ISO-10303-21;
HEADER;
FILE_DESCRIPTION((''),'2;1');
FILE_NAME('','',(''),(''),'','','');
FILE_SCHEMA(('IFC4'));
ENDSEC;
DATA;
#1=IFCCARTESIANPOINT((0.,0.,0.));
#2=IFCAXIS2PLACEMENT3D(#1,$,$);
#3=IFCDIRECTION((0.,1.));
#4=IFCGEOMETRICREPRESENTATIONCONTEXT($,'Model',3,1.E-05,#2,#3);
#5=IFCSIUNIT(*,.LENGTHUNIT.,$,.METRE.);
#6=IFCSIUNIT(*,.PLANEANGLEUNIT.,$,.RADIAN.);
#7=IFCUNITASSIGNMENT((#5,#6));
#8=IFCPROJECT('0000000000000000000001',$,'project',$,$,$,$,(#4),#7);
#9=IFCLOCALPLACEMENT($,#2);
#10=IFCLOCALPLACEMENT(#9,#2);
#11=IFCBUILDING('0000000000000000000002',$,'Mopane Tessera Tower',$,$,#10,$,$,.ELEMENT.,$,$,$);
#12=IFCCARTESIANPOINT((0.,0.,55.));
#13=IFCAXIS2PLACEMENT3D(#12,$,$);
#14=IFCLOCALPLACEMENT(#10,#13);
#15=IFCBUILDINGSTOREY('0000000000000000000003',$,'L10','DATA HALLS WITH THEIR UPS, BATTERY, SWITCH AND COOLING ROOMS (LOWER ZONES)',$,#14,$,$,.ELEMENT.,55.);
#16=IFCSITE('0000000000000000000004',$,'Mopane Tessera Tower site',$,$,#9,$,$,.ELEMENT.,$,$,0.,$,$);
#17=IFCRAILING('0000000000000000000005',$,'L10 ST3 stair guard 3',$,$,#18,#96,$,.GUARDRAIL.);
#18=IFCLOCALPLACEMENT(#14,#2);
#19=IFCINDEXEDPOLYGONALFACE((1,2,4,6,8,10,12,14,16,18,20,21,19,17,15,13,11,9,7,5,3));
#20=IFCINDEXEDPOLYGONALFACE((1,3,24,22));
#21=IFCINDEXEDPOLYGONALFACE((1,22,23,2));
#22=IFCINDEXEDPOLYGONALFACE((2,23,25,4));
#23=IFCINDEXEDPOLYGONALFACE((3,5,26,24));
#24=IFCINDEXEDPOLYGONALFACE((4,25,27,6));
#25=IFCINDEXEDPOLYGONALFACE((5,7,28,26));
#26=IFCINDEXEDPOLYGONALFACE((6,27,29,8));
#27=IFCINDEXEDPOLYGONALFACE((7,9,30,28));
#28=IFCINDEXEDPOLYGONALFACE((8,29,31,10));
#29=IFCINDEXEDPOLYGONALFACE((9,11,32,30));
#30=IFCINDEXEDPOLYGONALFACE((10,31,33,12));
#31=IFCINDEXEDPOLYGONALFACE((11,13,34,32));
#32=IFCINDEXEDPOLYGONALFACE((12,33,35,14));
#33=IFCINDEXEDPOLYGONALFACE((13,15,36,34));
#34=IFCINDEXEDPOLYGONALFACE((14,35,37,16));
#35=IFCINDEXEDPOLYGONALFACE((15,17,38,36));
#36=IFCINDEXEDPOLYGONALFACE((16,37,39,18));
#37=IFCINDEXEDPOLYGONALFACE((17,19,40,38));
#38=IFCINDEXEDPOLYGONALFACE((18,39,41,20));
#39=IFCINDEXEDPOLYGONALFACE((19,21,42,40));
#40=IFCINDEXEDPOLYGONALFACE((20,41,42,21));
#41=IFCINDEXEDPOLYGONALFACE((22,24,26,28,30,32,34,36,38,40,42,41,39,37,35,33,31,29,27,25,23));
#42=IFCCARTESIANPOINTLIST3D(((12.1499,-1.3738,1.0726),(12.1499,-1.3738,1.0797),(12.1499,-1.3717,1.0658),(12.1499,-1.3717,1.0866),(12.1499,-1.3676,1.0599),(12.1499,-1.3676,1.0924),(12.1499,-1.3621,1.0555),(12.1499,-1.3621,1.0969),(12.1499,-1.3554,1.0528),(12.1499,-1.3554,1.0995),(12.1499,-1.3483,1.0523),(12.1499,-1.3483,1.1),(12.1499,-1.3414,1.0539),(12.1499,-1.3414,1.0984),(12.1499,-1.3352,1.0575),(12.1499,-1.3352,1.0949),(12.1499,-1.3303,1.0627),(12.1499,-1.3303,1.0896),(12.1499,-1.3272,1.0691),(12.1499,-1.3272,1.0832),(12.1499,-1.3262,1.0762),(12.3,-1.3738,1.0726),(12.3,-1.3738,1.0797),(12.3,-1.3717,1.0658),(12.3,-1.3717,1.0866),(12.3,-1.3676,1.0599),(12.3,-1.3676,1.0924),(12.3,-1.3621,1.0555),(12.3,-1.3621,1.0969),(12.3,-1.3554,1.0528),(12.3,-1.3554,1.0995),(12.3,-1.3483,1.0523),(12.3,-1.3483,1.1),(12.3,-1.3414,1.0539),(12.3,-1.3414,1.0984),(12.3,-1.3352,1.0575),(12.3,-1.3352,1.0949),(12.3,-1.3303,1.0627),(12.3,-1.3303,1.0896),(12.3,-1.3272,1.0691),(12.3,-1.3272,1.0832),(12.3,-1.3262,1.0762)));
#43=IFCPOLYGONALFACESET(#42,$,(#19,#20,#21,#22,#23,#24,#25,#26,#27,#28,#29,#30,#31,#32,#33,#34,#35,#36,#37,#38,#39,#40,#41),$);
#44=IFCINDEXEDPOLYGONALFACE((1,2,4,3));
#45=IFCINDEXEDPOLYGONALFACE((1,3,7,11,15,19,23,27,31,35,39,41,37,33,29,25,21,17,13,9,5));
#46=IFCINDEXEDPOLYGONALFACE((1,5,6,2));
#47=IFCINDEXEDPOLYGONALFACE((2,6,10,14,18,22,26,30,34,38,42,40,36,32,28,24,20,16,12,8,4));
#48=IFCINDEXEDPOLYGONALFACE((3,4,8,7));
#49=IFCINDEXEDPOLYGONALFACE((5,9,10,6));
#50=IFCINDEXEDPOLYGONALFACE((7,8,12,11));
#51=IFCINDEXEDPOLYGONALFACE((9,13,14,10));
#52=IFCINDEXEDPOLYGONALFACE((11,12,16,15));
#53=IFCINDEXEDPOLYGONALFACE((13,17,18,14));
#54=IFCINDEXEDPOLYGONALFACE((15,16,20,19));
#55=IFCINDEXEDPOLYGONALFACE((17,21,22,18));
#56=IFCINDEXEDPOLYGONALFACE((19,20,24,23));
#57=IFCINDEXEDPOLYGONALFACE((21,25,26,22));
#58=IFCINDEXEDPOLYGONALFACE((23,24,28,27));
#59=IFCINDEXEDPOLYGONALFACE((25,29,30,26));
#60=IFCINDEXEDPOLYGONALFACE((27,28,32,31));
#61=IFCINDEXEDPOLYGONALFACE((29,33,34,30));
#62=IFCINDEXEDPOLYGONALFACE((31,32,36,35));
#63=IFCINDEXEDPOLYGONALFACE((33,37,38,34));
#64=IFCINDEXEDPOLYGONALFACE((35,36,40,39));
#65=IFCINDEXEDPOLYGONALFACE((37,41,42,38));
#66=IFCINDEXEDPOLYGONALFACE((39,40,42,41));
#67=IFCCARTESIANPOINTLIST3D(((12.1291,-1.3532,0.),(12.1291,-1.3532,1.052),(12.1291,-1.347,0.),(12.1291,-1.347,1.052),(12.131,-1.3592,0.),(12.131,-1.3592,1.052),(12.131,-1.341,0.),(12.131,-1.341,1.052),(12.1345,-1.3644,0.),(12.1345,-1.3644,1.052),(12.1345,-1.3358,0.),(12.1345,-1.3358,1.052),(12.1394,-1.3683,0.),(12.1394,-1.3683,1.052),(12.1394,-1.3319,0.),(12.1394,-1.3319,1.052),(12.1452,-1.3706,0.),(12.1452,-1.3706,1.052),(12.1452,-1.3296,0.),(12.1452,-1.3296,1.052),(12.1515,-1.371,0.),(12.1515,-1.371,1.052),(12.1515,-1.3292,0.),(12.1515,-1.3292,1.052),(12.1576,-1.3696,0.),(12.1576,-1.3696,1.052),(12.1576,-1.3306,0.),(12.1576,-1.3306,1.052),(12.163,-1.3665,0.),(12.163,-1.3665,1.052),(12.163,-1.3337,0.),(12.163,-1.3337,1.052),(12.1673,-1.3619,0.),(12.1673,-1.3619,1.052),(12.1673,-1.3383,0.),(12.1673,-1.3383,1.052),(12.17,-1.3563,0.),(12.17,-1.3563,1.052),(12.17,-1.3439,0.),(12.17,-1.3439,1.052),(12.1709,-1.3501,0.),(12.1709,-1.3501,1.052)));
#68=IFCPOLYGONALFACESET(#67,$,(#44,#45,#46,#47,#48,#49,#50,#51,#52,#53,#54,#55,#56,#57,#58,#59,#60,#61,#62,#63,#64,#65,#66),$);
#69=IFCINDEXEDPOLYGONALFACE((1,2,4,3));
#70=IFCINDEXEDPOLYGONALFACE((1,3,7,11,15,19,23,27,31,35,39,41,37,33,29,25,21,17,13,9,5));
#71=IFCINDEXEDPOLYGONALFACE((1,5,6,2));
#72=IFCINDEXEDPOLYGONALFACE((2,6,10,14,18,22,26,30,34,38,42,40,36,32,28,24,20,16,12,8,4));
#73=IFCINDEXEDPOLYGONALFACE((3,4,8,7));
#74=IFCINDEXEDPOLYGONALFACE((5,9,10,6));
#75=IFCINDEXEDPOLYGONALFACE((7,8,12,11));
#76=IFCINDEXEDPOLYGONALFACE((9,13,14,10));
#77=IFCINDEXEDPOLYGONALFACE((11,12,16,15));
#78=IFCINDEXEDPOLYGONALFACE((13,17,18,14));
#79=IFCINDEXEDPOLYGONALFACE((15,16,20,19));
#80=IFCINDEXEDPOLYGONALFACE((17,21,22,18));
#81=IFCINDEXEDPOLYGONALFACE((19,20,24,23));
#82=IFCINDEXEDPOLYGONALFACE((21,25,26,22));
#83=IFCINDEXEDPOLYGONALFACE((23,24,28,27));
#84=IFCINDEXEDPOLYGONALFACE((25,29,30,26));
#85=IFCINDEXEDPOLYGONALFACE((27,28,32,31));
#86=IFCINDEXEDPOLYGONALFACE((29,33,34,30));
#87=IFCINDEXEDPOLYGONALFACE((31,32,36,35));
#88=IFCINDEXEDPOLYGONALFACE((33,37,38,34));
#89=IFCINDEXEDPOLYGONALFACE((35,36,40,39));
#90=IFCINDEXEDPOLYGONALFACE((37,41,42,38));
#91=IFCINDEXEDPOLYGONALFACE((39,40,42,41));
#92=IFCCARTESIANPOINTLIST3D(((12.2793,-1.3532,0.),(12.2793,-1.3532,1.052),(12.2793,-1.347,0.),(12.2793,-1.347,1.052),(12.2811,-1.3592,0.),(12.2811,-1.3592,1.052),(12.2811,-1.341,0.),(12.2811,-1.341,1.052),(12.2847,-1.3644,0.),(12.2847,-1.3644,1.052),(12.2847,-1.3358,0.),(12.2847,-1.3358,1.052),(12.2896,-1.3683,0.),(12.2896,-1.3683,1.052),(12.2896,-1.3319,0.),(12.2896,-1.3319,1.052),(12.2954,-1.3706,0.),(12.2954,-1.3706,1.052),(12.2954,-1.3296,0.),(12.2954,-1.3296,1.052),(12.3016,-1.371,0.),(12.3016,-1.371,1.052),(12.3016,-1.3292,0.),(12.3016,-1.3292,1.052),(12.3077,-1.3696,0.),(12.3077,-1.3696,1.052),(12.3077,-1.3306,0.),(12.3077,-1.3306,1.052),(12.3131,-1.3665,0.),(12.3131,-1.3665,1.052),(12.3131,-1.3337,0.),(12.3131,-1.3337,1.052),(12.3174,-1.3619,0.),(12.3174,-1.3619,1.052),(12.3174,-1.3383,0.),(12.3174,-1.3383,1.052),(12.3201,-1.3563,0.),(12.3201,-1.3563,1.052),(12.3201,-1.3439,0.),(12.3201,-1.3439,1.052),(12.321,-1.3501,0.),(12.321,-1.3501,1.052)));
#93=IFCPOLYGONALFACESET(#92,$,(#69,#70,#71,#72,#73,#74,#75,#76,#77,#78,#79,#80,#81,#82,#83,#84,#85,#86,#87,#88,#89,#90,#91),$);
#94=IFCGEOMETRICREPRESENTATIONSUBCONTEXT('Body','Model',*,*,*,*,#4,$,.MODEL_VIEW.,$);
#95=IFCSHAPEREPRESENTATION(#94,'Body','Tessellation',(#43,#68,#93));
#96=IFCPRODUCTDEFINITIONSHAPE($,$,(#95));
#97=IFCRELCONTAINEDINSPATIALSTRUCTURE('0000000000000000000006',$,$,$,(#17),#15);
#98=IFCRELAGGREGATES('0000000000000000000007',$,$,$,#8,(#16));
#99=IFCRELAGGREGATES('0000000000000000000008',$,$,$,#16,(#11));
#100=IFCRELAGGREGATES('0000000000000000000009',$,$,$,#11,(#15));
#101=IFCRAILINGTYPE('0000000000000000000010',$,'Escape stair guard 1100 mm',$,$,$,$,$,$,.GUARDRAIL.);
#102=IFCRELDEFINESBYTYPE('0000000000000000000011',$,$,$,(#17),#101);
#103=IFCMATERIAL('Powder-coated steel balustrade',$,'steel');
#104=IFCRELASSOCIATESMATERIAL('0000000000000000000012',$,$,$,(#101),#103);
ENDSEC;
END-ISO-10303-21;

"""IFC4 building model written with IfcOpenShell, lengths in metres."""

from ifc_helpers import new_model, si_unit, direction, frame, origin, origin_2d, place, context, subcontext, project, spatial, circle, extrude, material, type_object, element, save


model = new_model("IFC4")

# Units and contexts
model_context = context("Model", 3, precision=1e-05, world=origin(), true_north=direction((0.0, 1.0)))
body_context = subcontext(model_context, "Body", "Model", "MODEL_VIEW")
ifc_project = project(units=[si_unit("LENGTHUNIT", "METRE"), si_unit("PLANEANGLEUNIT", "RADIAN")], contexts=[model_context])

# Site, building, storey
site_placement = place(None, origin())
site = spatial("IfcSite", under=ifc_project, at=site_placement, Name="Mopane Tessera Tower site", CompositionType="ELEMENT", RefElevation=0.0)
building_placement = place(site_placement, origin())
building = spatial("IfcBuilding", under=site, at=building_placement, Name="Mopane Tessera Tower", CompositionType="ELEMENT")
storey_placement = place(building_placement, frame((0.0, 0.0, 55.0)))
storey = spatial("IfcBuildingStorey", under=building, at=storey_placement, Name="L10", Description="DATA HALLS WITH THEIR UPS, BATTERY, SWITCH AND COOLING ROOMS (LOWER ZONES)", CompositionType="ELEMENT", Elevation=55.0)

# Railing
ifc_material_1 = material(Name="Powder-coated steel balustrade", Category="steel")
railing_type_1 = type_object("IfcRailingType", Name="Escape stair guard 1100 mm", PredefinedType="GUARDRAIL", material=ifc_material_1)
railing_1_placement = place(storey_placement, frame((12.1499, -1.3501, 0.0)))
element("IfcRailing", 1, at=railing_1_placement, inside=storey, type_object=railing_type_1, Name="L10 ST3 stair guard 3", PredefinedType="GUARDRAIL", context=body_context, shape_type="SweptSolid", body=[
    extrude(circle(Radius=0.0239, at=origin_2d()), frame((0.0, 0.0, 1.0762), z_axis=(1.0, 0.0, 0.0), x_axis=(0.0, 1.0, 0.0)), (0.0, 0.0, 1.0), 0.1501),
    extrude(circle(Radius=0.021, at=origin_2d()), origin(), (0.0, 0.0, 1.0), 1.052),
    extrude(circle(Radius=0.021, at=origin_2d()), frame((0.1501, 0.0, 0.0)), (0.0, 0.0, 1.0), 1.052),
])

save(model, "model.ifc")
